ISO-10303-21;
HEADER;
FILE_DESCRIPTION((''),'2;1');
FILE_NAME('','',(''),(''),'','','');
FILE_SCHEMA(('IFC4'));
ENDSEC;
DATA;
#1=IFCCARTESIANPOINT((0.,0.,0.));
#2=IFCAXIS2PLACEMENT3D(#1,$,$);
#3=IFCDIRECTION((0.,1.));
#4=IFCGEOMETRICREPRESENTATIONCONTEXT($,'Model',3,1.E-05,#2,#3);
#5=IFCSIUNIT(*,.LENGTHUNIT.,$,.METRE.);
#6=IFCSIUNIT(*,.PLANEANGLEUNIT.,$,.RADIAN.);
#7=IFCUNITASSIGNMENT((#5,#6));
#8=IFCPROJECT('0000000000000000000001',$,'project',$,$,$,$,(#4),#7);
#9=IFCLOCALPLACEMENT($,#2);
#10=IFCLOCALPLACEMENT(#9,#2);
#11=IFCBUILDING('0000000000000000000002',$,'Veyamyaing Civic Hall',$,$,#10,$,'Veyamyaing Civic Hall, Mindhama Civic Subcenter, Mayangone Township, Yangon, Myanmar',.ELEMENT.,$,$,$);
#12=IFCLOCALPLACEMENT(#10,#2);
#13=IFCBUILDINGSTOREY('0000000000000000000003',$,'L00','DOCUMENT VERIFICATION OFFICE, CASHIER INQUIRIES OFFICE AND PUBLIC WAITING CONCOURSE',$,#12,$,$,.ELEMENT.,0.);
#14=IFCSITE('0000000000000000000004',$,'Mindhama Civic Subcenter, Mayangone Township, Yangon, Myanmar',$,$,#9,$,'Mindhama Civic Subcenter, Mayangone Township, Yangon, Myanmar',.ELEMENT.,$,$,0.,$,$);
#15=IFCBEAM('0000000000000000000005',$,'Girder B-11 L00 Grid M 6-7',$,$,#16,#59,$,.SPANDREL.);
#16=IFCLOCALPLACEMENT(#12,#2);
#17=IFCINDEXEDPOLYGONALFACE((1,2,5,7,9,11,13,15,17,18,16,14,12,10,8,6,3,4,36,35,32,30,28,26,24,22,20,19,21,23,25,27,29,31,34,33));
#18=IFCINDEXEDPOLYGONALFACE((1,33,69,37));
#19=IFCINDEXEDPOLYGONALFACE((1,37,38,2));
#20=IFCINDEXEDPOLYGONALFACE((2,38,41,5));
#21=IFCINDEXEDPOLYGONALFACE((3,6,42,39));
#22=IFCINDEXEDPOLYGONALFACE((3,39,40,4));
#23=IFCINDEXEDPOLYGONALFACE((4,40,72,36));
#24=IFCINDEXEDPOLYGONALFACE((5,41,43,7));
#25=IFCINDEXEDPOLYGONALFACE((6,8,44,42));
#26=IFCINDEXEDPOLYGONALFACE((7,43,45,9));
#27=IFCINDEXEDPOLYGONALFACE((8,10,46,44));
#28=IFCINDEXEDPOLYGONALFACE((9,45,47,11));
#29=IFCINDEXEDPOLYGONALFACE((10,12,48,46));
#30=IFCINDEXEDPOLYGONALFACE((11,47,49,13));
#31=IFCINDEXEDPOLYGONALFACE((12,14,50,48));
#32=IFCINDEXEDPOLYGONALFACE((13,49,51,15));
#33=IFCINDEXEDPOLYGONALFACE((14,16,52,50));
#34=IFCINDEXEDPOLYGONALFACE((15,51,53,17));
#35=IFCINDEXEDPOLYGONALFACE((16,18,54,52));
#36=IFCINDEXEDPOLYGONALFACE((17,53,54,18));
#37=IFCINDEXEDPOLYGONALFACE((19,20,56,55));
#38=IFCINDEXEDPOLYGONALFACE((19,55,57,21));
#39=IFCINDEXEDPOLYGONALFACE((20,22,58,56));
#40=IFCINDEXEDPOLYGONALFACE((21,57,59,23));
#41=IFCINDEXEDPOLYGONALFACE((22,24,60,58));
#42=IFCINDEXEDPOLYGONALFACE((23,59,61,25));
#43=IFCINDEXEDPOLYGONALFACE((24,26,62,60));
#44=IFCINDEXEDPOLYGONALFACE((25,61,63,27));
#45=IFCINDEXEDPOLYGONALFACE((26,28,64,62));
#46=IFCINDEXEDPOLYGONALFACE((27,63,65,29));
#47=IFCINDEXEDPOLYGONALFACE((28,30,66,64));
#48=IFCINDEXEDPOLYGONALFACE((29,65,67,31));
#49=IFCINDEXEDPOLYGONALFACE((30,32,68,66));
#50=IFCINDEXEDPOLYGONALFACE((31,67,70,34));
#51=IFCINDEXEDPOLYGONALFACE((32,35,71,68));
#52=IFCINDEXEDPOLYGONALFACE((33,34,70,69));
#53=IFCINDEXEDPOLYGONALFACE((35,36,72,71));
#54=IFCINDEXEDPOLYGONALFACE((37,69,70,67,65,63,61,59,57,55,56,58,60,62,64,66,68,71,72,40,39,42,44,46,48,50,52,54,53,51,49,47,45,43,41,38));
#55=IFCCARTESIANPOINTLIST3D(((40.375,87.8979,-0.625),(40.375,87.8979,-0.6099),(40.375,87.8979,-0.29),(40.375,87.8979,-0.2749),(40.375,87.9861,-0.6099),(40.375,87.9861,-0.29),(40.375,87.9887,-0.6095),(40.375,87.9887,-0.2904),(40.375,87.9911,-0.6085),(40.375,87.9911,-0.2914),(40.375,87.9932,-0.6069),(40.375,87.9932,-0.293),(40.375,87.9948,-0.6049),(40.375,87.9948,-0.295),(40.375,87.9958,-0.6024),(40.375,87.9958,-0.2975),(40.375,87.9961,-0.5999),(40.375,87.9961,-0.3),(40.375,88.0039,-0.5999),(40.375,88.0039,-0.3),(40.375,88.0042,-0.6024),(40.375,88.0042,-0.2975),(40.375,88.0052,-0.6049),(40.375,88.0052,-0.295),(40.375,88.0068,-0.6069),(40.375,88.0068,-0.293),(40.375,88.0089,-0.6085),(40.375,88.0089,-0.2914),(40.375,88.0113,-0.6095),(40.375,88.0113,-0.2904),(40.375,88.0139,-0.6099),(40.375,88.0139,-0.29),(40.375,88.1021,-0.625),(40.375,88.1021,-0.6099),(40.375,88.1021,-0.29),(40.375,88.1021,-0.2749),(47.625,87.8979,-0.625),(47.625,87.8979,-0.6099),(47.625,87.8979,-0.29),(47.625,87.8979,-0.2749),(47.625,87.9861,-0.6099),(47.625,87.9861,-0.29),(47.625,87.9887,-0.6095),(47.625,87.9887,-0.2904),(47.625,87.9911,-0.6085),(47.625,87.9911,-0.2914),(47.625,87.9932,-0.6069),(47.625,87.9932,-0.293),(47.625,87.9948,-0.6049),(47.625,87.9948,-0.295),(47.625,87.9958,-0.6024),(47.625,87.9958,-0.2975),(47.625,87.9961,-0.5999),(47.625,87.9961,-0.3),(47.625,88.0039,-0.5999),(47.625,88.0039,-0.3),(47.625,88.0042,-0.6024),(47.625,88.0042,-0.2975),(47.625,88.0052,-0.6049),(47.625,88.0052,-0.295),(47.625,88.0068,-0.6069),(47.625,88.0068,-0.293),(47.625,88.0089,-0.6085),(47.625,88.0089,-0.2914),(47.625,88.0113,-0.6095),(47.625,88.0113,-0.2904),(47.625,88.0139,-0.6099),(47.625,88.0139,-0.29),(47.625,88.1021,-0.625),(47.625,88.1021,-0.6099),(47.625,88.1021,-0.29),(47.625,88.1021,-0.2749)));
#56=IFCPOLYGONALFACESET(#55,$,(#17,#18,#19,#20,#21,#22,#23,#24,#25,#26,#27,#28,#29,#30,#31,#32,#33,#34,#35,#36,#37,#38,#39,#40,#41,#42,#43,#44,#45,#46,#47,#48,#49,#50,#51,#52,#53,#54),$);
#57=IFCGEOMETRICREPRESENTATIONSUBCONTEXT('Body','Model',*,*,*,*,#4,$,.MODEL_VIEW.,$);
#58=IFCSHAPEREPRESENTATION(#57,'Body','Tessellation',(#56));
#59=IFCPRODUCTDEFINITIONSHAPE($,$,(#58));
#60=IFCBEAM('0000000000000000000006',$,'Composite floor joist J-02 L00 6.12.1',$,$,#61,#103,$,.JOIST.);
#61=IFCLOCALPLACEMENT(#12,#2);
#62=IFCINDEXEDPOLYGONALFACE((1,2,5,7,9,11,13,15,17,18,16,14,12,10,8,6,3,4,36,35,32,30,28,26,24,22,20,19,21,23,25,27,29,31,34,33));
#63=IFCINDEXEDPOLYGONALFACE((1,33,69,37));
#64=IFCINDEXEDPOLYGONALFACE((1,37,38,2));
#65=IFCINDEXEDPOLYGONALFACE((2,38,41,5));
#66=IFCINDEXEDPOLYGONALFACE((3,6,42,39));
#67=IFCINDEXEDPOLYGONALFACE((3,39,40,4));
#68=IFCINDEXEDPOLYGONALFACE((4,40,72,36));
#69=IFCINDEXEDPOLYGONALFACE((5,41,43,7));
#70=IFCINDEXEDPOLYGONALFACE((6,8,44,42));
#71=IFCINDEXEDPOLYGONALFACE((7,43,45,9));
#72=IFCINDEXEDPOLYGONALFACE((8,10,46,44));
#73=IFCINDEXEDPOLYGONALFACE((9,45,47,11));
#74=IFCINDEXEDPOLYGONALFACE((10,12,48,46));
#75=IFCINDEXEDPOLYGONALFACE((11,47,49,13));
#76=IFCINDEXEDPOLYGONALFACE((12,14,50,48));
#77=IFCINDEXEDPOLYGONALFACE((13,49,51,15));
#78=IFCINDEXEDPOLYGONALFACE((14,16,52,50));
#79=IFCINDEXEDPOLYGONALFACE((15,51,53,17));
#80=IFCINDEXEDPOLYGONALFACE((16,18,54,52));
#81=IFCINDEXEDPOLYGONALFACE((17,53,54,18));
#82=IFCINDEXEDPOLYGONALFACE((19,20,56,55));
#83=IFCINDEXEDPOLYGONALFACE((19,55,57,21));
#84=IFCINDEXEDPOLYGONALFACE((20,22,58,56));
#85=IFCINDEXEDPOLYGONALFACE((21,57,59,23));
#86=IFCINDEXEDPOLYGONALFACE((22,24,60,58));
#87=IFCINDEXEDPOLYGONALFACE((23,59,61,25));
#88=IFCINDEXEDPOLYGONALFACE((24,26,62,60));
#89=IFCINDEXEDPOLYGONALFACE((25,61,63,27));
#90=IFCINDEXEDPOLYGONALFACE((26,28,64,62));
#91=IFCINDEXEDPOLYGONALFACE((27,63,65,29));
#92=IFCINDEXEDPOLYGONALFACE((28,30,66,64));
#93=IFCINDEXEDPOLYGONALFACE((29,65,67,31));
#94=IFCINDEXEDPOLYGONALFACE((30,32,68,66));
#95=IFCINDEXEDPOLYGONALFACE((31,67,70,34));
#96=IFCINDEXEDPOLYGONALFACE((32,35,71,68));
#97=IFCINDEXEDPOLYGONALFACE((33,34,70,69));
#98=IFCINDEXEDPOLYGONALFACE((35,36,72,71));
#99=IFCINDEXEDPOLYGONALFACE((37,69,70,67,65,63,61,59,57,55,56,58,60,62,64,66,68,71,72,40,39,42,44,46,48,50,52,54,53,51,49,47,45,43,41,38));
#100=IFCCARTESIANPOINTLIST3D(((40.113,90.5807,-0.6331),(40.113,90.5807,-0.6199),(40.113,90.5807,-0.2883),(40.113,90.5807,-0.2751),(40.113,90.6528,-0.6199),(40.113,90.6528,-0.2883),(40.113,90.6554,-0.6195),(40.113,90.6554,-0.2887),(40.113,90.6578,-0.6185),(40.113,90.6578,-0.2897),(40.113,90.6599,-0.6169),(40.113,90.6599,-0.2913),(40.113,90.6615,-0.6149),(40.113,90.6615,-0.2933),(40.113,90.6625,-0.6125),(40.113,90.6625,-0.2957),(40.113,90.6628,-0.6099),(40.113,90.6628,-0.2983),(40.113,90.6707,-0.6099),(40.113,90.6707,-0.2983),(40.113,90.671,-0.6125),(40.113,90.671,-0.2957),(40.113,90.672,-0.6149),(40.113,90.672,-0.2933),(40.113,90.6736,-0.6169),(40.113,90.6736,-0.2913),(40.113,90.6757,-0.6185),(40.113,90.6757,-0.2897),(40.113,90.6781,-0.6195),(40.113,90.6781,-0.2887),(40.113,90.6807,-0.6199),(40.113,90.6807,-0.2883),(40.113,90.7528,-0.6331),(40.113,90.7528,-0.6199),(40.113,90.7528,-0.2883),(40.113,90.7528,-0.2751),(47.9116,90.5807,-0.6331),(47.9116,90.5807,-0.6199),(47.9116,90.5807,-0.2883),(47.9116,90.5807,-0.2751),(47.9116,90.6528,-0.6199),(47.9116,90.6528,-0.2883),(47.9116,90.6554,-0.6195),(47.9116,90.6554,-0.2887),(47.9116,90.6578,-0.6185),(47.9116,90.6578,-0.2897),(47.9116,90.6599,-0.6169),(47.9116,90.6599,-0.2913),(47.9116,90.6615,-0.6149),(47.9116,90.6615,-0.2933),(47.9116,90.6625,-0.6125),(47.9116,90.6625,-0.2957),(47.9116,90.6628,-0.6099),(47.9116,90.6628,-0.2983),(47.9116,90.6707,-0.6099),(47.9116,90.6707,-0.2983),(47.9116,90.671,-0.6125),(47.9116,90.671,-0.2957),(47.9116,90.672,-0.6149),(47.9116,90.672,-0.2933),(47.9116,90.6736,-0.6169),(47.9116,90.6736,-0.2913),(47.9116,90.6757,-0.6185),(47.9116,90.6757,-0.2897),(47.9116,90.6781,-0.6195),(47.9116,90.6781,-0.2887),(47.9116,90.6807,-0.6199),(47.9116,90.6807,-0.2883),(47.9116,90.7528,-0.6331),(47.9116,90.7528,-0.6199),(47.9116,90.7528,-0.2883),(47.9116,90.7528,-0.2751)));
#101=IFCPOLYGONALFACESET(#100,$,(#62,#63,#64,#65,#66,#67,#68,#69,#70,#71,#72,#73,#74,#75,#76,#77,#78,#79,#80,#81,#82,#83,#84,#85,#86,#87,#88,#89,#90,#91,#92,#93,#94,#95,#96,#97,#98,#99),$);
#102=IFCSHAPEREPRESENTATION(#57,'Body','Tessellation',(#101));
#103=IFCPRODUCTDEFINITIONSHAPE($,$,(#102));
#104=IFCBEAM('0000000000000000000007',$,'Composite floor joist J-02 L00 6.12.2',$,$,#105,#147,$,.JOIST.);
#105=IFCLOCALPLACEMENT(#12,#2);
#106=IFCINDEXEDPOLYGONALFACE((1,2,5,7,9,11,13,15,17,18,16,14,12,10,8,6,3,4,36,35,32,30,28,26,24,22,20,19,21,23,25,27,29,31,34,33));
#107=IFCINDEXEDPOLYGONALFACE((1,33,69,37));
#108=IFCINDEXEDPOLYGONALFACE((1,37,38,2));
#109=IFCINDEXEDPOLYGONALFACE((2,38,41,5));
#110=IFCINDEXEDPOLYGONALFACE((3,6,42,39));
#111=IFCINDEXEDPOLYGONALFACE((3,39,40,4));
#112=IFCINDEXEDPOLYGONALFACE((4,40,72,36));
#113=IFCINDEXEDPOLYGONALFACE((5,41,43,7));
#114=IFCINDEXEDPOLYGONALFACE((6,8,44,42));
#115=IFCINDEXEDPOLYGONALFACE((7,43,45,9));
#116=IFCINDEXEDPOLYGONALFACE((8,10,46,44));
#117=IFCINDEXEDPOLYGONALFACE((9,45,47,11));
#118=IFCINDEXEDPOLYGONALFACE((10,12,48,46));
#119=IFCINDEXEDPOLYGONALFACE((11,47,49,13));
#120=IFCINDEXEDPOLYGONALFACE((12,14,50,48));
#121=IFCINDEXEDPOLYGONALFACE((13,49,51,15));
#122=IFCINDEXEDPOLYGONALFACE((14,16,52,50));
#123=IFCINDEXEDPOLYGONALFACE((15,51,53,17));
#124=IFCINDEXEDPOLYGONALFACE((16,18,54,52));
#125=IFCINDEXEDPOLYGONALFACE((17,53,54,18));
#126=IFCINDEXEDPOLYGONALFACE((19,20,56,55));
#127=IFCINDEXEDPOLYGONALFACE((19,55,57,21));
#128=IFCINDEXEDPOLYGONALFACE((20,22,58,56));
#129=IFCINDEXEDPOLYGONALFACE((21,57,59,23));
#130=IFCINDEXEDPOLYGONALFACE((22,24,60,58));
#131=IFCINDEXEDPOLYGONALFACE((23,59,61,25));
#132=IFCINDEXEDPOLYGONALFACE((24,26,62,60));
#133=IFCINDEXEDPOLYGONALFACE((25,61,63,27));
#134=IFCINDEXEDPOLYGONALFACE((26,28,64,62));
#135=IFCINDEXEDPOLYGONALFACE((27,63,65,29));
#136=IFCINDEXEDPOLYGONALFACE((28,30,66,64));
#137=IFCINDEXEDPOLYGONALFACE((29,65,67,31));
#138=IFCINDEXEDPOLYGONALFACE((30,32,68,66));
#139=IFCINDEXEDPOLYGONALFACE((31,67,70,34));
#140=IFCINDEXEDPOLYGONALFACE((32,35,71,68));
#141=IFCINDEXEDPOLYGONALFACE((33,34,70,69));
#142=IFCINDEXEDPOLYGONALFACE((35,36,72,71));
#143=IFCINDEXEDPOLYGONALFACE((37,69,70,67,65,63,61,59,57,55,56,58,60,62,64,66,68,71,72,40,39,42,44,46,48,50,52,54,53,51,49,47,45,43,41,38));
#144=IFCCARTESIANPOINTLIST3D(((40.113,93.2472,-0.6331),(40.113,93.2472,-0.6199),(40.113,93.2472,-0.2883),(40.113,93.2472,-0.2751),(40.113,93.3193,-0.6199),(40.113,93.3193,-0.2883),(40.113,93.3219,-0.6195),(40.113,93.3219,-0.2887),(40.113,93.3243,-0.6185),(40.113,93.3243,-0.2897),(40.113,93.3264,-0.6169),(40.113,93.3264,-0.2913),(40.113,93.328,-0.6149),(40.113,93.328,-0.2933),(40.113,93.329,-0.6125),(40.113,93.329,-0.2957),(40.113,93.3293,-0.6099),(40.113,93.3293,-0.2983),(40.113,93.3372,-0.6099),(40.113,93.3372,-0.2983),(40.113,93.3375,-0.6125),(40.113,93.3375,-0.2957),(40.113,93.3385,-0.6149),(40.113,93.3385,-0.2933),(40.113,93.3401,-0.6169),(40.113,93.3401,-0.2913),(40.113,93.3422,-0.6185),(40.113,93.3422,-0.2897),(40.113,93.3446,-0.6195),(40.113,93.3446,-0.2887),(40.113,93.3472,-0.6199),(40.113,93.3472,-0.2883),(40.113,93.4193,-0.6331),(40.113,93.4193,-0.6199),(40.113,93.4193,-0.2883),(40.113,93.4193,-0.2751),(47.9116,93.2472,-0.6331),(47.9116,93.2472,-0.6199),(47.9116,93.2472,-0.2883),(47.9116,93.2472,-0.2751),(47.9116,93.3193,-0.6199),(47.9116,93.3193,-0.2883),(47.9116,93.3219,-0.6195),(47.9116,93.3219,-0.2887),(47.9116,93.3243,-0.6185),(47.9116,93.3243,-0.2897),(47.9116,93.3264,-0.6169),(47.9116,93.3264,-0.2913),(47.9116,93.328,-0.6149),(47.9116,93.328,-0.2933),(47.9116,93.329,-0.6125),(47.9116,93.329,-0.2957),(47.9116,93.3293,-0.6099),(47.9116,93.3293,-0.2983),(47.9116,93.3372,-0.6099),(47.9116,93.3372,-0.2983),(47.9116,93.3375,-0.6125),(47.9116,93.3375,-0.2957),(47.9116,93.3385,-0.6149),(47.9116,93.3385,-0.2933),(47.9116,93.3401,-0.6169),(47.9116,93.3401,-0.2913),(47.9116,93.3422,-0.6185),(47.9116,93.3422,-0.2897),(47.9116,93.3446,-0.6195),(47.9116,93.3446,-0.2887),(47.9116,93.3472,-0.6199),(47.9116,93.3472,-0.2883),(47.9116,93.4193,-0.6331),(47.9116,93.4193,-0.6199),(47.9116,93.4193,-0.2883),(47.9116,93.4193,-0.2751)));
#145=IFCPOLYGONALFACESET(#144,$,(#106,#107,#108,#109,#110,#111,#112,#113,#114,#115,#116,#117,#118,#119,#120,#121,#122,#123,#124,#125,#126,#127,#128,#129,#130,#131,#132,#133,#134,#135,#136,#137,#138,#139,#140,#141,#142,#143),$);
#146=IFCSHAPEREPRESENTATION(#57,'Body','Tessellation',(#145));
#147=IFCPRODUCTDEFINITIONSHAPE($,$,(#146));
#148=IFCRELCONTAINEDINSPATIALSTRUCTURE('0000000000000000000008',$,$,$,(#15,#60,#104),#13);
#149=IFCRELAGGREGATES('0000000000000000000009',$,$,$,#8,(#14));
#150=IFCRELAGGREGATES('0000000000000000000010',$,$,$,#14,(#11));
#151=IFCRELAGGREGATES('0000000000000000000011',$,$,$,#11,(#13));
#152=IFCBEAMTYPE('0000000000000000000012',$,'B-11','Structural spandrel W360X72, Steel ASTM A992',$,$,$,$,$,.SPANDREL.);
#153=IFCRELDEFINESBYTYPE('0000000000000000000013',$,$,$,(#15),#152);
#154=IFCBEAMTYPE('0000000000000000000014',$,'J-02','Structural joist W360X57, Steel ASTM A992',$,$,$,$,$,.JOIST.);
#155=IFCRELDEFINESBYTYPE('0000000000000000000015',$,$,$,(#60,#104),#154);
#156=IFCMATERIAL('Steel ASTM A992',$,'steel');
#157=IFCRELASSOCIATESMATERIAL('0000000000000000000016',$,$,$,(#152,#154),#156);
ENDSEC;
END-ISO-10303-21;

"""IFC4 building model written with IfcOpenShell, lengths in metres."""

from ifc_helpers import new_model, si_unit, direction, frame, origin, origin_2d, place, context, subcontext, project, spatial, i_section, extrude, material, material_profile, profile_set, type_object, element, save


model = new_model("IFC4")

# Units and contexts
model_context = context("Model", 3, precision=1e-05, world=origin(), true_north=direction((0.0, 1.0)))
body_context = subcontext(model_context, "Body", "Model", "MODEL_VIEW")
ifc_project = project(units=[si_unit("LENGTHUNIT", "METRE"), si_unit("PLANEANGLEUNIT", "RADIAN")], contexts=[model_context])

# Site, building, storey
site_placement = place(None, origin())
site = spatial("IfcSite", under=ifc_project, at=site_placement, Name="Mindhama Civic Subcenter, Mayangone Township, Yangon, Myanmar", LongName="Mindhama Civic Subcenter, Mayangone Township, Yangon, Myanmar", CompositionType="ELEMENT", RefElevation=0.0)
building_placement = place(site_placement, origin())
building = spatial("IfcBuilding", under=site, at=building_placement, Name="Veyamyaing Civic Hall", LongName="Veyamyaing Civic Hall, Mindhama Civic Subcenter, Mayangone Township, Yangon, Myanmar", CompositionType="ELEMENT")
storey_placement = place(building_placement, origin())
storey = spatial("IfcBuildingStorey", under=building, at=storey_placement, Name="L00", Description="DOCUMENT VERIFICATION OFFICE, CASHIER INQUIRIES OFFICE AND PUBLIC WAITING CONCOURSE", CompositionType="ELEMENT", Elevation=0.0)

# Beams
ifc_material_1 = material(Name="Steel ASTM A992", Category="steel")
ifc_material_profile_1 = material_profile(ifc_material_1, i_section(OverallWidth=0.2041, OverallDepth=0.3501, WebThickness=0.0078, FlangeThickness=0.0151, FilletRadius=0.01, at=origin_2d()), Name="W360X72")
ifc_profile_set_1 = profile_set([ifc_material_profile_1], Name="Steel ASTM A992")
beam_type_1 = type_object("IfcBeamType", Name="B-11", Description="Structural spandrel W360X72, Steel ASTM A992", PredefinedType="SPANDREL", material=ifc_profile_set_1)
beam_1_placement = place(storey_placement, frame((40.375, 88.0, -0.45), z_axis=(1.0, 0.0, 0.0), x_axis=(0.0, 1.0, 0.0)))
element("IfcBeam", 1, at=beam_1_placement, inside=storey, type_object=beam_type_1, Name="Girder B-11 L00 Grid M 6-7", PredefinedType="SPANDREL", context=body_context, shape_type="SweptSolid", body=[
    extrude(i_section(OverallWidth=0.2041, OverallDepth=0.3501, WebThickness=0.0078, FlangeThickness=0.0151, FilletRadius=0.01, at=origin_2d()), origin(), (0.0, 0.0, 1.0), 7.25),
])
ifc_material_profile_2 = material_profile(ifc_material_1, i_section(OverallWidth=0.1721, OverallDepth=0.3579, WebThickness=0.0078, FlangeThickness=0.0132, FilletRadius=0.01, at=origin_2d()), Name="W360X57")
ifc_profile_set_2 = profile_set([ifc_material_profile_2], Name="Steel ASTM A992")
beam_type_2 = type_object("IfcBeamType", Name="J-02", Description="Structural joist W360X57, Steel ASTM A992", PredefinedType="JOIST", material=ifc_profile_set_2)
for number, where, z_axis, x_axis, name in (
    (2, (40.113, 90.6667, -0.4541), (1.0, 0.0, 0.0), (0.0, 1.0, 0.0), "Composite floor joist J-02 L00 6.12.1"),
    (3, (40.113, 93.3333, -0.4541), (1.0, 0.0, 0.0), (0.0, 1.0, 0.0), "Composite floor joist J-02 L00 6.12.2"),
):
    element("IfcBeam", number, at=place(storey_placement, frame(where, z_axis=z_axis, x_axis=x_axis)), inside=storey, type_object=beam_type_2, Name=name, PredefinedType="JOIST", context=body_context, shape_type="SweptSolid", body=[
        extrude(i_section(OverallWidth=0.1721, OverallDepth=0.3579, WebThickness=0.0078, FlangeThickness=0.0132, FilletRadius=0.01, at=origin_2d()), origin(), (0.0, 0.0, 1.0), 7.7986),
    ])

save(model, "model.ifc")
